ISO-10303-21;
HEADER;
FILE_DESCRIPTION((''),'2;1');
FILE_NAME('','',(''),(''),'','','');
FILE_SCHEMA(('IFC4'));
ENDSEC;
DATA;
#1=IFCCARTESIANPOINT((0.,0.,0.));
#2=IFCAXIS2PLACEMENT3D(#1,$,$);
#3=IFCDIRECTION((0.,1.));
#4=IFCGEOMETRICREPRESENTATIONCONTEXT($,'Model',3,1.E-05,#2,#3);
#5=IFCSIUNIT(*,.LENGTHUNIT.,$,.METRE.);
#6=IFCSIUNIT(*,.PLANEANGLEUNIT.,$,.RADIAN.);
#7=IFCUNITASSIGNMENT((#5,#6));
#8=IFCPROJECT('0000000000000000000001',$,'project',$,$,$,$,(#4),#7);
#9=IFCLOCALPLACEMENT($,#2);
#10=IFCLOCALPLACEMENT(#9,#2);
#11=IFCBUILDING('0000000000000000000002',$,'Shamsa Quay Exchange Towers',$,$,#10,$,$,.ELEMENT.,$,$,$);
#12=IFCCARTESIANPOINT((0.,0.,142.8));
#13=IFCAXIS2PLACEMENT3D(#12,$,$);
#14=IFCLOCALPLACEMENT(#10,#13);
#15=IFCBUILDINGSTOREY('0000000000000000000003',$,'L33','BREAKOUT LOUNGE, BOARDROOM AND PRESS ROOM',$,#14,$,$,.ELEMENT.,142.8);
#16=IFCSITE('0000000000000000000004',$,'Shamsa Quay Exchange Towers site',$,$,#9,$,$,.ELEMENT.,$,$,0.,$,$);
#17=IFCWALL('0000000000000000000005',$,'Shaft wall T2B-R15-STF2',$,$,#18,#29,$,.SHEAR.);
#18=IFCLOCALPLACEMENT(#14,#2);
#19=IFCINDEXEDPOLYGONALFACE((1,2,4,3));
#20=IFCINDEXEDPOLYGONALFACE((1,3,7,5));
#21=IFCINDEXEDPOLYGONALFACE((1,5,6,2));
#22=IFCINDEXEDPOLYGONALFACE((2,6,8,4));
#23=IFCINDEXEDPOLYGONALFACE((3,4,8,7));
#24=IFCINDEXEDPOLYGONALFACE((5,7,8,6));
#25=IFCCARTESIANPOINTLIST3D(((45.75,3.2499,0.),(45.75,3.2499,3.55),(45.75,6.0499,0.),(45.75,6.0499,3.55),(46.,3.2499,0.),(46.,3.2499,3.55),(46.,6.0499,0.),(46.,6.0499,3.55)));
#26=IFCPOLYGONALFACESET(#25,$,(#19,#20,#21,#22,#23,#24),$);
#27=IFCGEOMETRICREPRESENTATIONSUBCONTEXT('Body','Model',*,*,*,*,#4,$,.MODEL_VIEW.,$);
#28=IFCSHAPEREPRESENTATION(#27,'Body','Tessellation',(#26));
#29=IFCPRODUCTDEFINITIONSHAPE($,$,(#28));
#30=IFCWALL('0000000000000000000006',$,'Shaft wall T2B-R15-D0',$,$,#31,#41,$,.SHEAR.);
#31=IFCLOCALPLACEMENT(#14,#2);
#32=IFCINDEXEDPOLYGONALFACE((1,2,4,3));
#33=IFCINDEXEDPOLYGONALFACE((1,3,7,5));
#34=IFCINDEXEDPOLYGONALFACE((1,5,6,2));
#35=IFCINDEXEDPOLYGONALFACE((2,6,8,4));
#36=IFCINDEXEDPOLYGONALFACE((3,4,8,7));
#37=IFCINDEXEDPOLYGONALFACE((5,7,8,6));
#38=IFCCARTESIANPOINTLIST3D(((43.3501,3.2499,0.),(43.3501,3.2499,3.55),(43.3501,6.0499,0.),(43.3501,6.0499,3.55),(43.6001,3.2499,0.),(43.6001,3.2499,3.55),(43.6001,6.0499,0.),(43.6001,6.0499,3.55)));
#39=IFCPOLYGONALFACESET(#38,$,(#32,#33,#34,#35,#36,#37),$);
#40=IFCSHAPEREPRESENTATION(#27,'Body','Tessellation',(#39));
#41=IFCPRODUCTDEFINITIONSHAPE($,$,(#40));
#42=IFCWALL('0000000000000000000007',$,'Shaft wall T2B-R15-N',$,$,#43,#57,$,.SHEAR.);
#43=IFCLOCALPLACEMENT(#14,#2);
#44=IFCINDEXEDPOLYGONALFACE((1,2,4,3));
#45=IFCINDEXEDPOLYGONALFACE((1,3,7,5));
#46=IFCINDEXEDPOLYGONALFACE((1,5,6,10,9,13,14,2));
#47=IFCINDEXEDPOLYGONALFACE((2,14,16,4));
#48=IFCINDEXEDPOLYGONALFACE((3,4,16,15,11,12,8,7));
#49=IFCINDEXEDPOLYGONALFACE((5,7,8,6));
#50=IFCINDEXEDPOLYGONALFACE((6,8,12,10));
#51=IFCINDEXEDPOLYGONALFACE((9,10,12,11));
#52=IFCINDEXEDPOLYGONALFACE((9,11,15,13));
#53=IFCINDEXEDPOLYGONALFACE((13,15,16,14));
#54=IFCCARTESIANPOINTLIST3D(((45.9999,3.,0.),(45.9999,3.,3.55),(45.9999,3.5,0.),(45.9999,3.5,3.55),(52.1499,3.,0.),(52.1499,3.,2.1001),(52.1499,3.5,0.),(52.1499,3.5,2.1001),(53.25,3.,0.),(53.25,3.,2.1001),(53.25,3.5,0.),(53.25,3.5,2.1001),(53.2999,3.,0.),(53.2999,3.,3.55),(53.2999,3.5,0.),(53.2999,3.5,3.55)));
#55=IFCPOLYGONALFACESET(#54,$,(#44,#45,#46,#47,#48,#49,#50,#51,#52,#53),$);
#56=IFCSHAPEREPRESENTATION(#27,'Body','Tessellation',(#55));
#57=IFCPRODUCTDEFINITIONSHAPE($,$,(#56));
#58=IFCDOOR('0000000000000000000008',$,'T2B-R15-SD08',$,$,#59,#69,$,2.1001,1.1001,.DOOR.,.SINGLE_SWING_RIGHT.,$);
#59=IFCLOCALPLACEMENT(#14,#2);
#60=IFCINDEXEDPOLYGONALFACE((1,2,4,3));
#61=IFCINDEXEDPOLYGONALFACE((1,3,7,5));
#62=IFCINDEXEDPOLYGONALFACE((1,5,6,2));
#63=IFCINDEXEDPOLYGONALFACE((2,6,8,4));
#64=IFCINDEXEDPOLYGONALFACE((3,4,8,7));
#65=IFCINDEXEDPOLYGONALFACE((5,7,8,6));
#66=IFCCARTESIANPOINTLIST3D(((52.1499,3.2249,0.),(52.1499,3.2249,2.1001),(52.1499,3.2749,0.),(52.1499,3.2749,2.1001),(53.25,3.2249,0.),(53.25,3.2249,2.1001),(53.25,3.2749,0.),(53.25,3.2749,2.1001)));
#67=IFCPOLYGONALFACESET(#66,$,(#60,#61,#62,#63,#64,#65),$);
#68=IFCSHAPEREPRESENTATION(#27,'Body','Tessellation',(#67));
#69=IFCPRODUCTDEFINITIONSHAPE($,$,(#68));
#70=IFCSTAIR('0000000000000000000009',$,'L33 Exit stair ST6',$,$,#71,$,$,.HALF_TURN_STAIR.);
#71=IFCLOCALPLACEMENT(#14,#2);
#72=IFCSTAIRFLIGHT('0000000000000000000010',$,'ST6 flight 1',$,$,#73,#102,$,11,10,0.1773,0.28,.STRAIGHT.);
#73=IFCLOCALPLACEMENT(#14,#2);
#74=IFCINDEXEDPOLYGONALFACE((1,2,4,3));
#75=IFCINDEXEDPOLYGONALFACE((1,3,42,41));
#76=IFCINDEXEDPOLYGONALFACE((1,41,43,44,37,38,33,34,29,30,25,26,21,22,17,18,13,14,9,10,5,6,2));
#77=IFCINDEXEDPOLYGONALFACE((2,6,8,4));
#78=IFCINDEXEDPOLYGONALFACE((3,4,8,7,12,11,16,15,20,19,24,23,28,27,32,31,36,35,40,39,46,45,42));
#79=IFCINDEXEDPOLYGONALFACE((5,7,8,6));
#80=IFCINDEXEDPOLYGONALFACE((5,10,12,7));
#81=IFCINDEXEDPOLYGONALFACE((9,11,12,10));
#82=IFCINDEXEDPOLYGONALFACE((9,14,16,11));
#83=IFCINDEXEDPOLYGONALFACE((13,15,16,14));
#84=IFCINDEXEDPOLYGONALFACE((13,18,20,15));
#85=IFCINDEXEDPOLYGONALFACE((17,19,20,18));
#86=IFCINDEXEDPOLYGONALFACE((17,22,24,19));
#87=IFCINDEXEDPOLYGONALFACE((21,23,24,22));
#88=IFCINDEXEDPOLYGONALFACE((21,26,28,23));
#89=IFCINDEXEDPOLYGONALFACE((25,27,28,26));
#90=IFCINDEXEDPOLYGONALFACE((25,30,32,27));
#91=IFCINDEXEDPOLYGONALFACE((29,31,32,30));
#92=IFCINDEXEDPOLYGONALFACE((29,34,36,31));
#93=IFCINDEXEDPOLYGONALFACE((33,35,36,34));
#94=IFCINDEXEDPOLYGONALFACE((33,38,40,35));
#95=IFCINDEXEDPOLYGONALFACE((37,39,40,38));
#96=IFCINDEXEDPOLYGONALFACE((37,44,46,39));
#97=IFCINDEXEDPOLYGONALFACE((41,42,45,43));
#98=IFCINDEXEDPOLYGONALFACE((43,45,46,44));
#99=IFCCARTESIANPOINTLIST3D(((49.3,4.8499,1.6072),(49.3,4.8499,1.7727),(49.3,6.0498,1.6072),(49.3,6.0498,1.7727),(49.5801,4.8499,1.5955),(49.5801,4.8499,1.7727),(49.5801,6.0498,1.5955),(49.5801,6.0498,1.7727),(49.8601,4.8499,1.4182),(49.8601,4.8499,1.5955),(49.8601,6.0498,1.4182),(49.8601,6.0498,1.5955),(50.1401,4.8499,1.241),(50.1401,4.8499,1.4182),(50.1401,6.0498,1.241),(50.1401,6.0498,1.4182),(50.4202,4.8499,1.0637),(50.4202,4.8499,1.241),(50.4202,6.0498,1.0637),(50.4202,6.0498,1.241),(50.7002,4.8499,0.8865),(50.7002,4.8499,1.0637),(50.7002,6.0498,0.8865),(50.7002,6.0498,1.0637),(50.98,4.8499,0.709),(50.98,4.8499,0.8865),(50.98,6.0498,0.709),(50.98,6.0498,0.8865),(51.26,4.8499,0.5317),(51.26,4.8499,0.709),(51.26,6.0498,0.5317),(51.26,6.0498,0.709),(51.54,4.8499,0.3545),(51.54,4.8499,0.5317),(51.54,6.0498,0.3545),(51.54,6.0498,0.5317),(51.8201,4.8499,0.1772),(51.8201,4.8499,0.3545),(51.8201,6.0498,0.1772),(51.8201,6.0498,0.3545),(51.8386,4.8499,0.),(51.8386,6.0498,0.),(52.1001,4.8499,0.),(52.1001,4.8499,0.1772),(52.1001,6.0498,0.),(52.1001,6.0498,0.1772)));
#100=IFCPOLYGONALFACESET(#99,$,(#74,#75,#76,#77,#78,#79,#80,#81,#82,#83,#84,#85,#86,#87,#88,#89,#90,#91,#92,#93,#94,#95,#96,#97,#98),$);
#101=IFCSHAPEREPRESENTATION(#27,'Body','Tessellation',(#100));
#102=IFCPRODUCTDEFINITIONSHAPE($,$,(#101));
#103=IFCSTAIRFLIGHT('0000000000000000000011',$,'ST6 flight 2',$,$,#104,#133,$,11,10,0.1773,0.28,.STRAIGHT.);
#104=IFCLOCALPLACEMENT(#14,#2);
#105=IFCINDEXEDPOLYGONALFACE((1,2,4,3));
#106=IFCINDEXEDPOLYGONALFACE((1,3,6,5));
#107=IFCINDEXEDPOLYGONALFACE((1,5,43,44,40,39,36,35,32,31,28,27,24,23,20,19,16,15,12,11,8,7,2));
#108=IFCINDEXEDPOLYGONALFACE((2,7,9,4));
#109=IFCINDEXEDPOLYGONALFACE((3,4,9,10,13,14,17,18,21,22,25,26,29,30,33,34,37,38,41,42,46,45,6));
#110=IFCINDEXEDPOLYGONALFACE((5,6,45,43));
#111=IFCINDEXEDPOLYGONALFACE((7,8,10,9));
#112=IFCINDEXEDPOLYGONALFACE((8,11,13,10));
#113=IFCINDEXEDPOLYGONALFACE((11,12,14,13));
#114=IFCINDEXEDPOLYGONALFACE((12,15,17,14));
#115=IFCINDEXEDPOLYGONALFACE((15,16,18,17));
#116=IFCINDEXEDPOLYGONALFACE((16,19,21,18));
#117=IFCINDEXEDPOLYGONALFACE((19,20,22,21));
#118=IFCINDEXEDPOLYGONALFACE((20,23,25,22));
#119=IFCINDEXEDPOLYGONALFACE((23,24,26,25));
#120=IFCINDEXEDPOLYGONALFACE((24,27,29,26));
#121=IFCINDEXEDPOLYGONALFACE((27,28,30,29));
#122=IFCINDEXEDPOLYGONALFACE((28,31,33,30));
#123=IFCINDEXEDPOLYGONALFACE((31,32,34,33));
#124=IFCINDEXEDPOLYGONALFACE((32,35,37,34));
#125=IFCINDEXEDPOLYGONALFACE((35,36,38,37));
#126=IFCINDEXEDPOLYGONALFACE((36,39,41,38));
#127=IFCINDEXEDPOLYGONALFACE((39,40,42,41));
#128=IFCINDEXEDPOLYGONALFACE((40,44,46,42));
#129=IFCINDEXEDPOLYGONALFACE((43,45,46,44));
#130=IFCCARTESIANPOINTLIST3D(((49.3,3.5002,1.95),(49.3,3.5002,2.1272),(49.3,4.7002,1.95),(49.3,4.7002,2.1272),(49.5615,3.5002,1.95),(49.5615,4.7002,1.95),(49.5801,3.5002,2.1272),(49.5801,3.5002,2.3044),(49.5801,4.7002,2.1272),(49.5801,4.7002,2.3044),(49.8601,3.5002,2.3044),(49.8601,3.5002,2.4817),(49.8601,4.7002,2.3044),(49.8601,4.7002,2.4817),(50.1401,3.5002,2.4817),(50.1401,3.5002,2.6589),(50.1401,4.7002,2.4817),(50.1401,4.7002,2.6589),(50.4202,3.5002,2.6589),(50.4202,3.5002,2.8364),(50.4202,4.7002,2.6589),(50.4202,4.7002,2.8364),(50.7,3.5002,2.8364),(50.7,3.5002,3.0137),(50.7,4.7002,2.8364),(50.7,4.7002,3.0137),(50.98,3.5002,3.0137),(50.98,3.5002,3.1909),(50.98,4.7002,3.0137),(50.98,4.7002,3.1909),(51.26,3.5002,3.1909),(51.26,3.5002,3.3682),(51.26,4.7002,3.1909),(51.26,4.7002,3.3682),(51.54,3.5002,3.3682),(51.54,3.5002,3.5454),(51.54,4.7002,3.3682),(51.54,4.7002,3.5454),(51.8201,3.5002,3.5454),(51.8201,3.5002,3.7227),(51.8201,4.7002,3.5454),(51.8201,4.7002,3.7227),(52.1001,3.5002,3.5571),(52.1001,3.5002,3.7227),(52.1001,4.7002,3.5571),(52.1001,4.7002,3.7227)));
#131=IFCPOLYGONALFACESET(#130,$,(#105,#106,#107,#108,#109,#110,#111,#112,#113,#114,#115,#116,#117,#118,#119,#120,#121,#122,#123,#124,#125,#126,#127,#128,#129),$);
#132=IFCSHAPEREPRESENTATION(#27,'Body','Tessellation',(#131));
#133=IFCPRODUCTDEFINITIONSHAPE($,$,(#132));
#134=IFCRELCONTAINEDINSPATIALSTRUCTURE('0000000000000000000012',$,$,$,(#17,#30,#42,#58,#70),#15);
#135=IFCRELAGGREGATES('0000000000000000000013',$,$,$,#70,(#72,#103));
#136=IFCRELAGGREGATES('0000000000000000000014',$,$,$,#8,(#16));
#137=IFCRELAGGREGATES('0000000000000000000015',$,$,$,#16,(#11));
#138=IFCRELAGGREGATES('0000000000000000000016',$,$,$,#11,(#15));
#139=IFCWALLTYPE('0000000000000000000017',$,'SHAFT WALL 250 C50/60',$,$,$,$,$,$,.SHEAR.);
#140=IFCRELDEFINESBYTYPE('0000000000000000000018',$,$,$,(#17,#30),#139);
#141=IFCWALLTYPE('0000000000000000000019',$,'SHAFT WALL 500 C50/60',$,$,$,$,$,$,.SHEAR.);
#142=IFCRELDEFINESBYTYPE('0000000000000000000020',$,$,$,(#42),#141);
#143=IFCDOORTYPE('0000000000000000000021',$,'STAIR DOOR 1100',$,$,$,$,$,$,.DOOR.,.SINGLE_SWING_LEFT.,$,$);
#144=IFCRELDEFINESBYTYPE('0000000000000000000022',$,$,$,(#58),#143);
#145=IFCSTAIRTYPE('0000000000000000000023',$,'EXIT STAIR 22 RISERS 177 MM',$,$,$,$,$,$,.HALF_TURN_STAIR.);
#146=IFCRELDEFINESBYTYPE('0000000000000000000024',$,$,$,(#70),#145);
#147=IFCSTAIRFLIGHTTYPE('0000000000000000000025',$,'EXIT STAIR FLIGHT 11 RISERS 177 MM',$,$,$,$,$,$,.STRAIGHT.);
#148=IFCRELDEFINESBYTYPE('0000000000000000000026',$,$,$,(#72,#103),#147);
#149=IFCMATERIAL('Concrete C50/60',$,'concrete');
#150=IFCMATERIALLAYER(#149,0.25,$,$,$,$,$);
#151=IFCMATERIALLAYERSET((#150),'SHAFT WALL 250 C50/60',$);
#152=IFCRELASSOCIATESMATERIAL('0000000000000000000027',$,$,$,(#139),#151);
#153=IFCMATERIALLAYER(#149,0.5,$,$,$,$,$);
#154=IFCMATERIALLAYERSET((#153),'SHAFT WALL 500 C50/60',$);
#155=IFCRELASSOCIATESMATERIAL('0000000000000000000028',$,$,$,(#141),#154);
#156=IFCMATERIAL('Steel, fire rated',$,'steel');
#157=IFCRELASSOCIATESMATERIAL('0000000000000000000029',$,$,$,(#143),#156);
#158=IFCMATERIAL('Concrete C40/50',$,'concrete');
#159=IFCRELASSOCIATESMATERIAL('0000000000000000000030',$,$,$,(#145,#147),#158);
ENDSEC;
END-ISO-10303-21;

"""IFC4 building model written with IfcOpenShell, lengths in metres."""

from ifc_helpers import new_model, si_unit, direction, frame, frame_2d, origin, place, context, subcontext, project, spatial, polyline, rectangle, outline, extrude, material, layer, layer_set, type_object, element, fill, aggregate, save


model = new_model("IFC4")

# Units and contexts
model_context = context("Model", 3, precision=1e-05, world=origin(), true_north=direction((0.0, 1.0)))
body_context = subcontext(model_context, "Body", "Model", "MODEL_VIEW")
ifc_project = project(units=[si_unit("LENGTHUNIT", "METRE"), si_unit("PLANEANGLEUNIT", "RADIAN")], contexts=[model_context])

# Site, building, storey
site_placement = place(None, origin())
site = spatial("IfcSite", under=ifc_project, at=site_placement, Name="Shamsa Quay Exchange Towers site", CompositionType="ELEMENT", RefElevation=0.0)
building_placement = place(site_placement, origin())
building = spatial("IfcBuilding", under=site, at=building_placement, Name="Shamsa Quay Exchange Towers", CompositionType="ELEMENT")
storey_placement = place(building_placement, frame((0.0, 0.0, 142.8)))
storey = spatial("IfcBuildingStorey", under=building, at=storey_placement, Name="L33", Description="BREAKOUT LOUNGE, BOARDROOM AND PRESS ROOM", CompositionType="ELEMENT", Elevation=142.8)

# Walls
ifc_material_1 = material(Name="Concrete C50/60", Category="concrete")
ifc_layer_1 = layer(ifc_material_1, 0.25)
ifc_layer_set_1 = layer_set([ifc_layer_1], Name="SHAFT WALL 250 C50/60")
wall_type_1 = type_object("IfcWallType", Name="SHAFT WALL 250 C50/60", PredefinedType="SHEAR", material=ifc_layer_set_1)
for number, where, z_axis, x_axis, name in (
    (1, (45.875, 3.25, 0.0), (0.0, 0.0, 1.0), (0.0, 1.0, 0.0), "Shaft wall T2B-R15-STF2"),
    (2, (43.4751, 3.25, 0.0), (0.0, 0.0, 1.0), (0.0, 1.0, 0.0), "Shaft wall T2B-R15-D0"),
):
    element("IfcWall", number, at=place(storey_placement, frame(where, z_axis=z_axis, x_axis=x_axis)), inside=storey, type_object=wall_type_1, Name=name, PredefinedType="SHEAR", context=body_context, shape_type="SweptSolid", body=[
        extrude(rectangle(XDim=2.8, YDim=0.25, at=frame_2d((1.3999, 0.0))), origin(), (0.0, 0.0, 1.0), 3.55),
    ])

# Wall, opening, door
ifc_layer_2 = layer(ifc_material_1, 0.5)
ifc_layer_set_2 = layer_set([ifc_layer_2], Name="SHAFT WALL 500 C50/60")
wall_type_2 = type_object("IfcWallType", Name="SHAFT WALL 500 C50/60", PredefinedType="SHEAR", material=ifc_layer_set_2)
wall_1_placement = place(storey_placement, frame((46.0, 3.25, 0.0)))
wall_1 = element("IfcWall", 3, at=wall_1_placement, inside=storey, type_object=wall_type_2, Name="Shaft wall T2B-R15-N", PredefinedType="SHEAR", context=body_context, shape_type="SweptSolid", body=[
    extrude(rectangle(XDim=7.3, YDim=0.5, at=frame_2d((3.6499, 0.0))), origin(), (0.0, 0.0, 1.0), 3.55),
])
opening_placement = place(wall_1_placement, frame((6.1499, 0.0, 0.0)))
opening = element("IfcOpeningElement", 4, at=opening_placement, cuts=wall_1, PredefinedType="OPENING", context=body_context, shape_type="SweptSolid", body=[
    extrude(rectangle(XDim=1.1001, YDim=2.1001, at=frame_2d((0.55, 1.05))), frame((0.0, 0.26, 0.0), z_axis=(0.0, -1.0, 0.0), x_axis=(1.0, 0.0, 0.0)), (0.0, 0.0, 1.0), 0.52),
])
ifc_material_2 = material(Name="Steel, fire rated", Category="steel")
door_type = type_object("IfcDoorType", Name="STAIR DOOR 1100", OperationType="SINGLE_SWING_LEFT", PredefinedType="DOOR", material=ifc_material_2)
door_placement = place(opening_placement, origin())
door = element("IfcDoor", 5, at=door_placement, inside=storey, type_object=door_type, Name="T2B-R15-SD08", OperationType="SINGLE_SWING_RIGHT", OverallHeight=2.1001, OverallWidth=1.1001, PredefinedType="DOOR", context=body_context, shape_type="SweptSolid", body=[
    extrude(rectangle(XDim=1.1001, YDim=2.1001, at=frame_2d((0.55, 1.05))), frame((0.0, 0.0249, 0.0), z_axis=(0.0, -1.0, 0.0), x_axis=(1.0, 0.0, 0.0)), (0.0, 0.0, 1.0), 0.05),
])
fill(opening, door)

# Stair, stair flights
ifc_material_3 = material(Name="Concrete C40/50", Category="concrete")
stair_type = type_object("IfcStairType", Name="EXIT STAIR 22 RISERS 177 MM", PredefinedType="HALF_TURN_STAIR", material=ifc_material_3)
stair_placement = place(storey_placement, origin())
stair = element("IfcStair", 6, at=stair_placement, inside=storey, type_object=stair_type, Name="L33 Exit stair ST6", PredefinedType="HALF_TURN_STAIR")
stair_flight_type = type_object("IfcStairFlightType", Name="EXIT STAIR FLIGHT 11 RISERS 177 MM", PredefinedType="STRAIGHT", material=ifc_material_3)
stair_flight_1_placement = place(storey_placement, frame((52.1001, 5.45, 0.0), z_axis=(0.0, 0.0, 1.0), x_axis=(-1.0, 0.0, 0.0)))
stair_flight_1 = element("IfcStairFlight", 7, at=stair_flight_1_placement, type_object=stair_flight_type, Name="ST6 flight 1", NumberOfRisers=11, NumberOfTreads=10, PredefinedType="STRAIGHT", RiserHeight=0.1773, TreadLength=0.28, context=body_context, shape_type="SweptSolid", body=[
    extrude(outline(polyline([(0.0, 0.0), (0.0, 0.1772), (0.28, 0.1772), (0.28, 0.3545), (0.5601, 0.3545), (0.5601, 0.5317), (0.8401, 0.5317), (0.8401, 0.709), (1.1201, 0.709), (1.1201, 0.8865), (1.3999, 0.8865), (1.3999, 1.0637), (1.6799, 1.0637), (1.6799, 1.241), (1.96, 1.241), (1.96, 1.4182), (2.24, 1.4182), (2.24, 1.5955), (2.52, 1.5955), (2.52, 1.7727), (2.8, 1.7727), (2.8, 1.95), (2.8, 1.6072), (0.2615, 0.0), (0.0, 0.0)])), frame((0.0, 0.6001, 0.0), z_axis=(0.0, -1.0, 0.0), x_axis=(1.0, 0.0, 0.0)), (0.0, 0.0, 1.0), 1.2),
])
stair_flight_2_placement = place(storey_placement, frame((49.3, 4.1001, 1.95)))
stair_flight_2 = element("IfcStairFlight", 8, at=stair_flight_2_placement, type_object=stair_flight_type, Name="ST6 flight 2", NumberOfRisers=11, NumberOfTreads=10, PredefinedType="STRAIGHT", RiserHeight=0.1773, TreadLength=0.28, context=body_context, shape_type="SweptSolid", body=[
    extrude(outline(polyline([(0.0, 0.0), (0.0, 0.1772), (0.28, 0.1772), (0.28, 0.3545), (0.5601, 0.3545), (0.5601, 0.5317), (0.8401, 0.5317), (0.8401, 0.709), (1.1201, 0.709), (1.1201, 0.8865), (1.3999, 0.8865), (1.3999, 1.0637), (1.6799, 1.0637), (1.6799, 1.241), (1.96, 1.241), (1.96, 1.4182), (2.24, 1.4182), (2.24, 1.5955), (2.52, 1.5955), (2.52, 1.7727), (2.8, 1.7727), (2.8, 1.95), (2.8, 1.6072), (0.2615, 0.0), (0.0, 0.0)])), frame((0.0, 0.6001, 0.0), z_axis=(0.0, -1.0, 0.0), x_axis=(1.0, 0.0, 0.0)), (0.0, 0.0, 1.0), 1.2),
])
aggregate(stair, [stair_flight_1, stair_flight_2])

save(model, "model.ifc")
